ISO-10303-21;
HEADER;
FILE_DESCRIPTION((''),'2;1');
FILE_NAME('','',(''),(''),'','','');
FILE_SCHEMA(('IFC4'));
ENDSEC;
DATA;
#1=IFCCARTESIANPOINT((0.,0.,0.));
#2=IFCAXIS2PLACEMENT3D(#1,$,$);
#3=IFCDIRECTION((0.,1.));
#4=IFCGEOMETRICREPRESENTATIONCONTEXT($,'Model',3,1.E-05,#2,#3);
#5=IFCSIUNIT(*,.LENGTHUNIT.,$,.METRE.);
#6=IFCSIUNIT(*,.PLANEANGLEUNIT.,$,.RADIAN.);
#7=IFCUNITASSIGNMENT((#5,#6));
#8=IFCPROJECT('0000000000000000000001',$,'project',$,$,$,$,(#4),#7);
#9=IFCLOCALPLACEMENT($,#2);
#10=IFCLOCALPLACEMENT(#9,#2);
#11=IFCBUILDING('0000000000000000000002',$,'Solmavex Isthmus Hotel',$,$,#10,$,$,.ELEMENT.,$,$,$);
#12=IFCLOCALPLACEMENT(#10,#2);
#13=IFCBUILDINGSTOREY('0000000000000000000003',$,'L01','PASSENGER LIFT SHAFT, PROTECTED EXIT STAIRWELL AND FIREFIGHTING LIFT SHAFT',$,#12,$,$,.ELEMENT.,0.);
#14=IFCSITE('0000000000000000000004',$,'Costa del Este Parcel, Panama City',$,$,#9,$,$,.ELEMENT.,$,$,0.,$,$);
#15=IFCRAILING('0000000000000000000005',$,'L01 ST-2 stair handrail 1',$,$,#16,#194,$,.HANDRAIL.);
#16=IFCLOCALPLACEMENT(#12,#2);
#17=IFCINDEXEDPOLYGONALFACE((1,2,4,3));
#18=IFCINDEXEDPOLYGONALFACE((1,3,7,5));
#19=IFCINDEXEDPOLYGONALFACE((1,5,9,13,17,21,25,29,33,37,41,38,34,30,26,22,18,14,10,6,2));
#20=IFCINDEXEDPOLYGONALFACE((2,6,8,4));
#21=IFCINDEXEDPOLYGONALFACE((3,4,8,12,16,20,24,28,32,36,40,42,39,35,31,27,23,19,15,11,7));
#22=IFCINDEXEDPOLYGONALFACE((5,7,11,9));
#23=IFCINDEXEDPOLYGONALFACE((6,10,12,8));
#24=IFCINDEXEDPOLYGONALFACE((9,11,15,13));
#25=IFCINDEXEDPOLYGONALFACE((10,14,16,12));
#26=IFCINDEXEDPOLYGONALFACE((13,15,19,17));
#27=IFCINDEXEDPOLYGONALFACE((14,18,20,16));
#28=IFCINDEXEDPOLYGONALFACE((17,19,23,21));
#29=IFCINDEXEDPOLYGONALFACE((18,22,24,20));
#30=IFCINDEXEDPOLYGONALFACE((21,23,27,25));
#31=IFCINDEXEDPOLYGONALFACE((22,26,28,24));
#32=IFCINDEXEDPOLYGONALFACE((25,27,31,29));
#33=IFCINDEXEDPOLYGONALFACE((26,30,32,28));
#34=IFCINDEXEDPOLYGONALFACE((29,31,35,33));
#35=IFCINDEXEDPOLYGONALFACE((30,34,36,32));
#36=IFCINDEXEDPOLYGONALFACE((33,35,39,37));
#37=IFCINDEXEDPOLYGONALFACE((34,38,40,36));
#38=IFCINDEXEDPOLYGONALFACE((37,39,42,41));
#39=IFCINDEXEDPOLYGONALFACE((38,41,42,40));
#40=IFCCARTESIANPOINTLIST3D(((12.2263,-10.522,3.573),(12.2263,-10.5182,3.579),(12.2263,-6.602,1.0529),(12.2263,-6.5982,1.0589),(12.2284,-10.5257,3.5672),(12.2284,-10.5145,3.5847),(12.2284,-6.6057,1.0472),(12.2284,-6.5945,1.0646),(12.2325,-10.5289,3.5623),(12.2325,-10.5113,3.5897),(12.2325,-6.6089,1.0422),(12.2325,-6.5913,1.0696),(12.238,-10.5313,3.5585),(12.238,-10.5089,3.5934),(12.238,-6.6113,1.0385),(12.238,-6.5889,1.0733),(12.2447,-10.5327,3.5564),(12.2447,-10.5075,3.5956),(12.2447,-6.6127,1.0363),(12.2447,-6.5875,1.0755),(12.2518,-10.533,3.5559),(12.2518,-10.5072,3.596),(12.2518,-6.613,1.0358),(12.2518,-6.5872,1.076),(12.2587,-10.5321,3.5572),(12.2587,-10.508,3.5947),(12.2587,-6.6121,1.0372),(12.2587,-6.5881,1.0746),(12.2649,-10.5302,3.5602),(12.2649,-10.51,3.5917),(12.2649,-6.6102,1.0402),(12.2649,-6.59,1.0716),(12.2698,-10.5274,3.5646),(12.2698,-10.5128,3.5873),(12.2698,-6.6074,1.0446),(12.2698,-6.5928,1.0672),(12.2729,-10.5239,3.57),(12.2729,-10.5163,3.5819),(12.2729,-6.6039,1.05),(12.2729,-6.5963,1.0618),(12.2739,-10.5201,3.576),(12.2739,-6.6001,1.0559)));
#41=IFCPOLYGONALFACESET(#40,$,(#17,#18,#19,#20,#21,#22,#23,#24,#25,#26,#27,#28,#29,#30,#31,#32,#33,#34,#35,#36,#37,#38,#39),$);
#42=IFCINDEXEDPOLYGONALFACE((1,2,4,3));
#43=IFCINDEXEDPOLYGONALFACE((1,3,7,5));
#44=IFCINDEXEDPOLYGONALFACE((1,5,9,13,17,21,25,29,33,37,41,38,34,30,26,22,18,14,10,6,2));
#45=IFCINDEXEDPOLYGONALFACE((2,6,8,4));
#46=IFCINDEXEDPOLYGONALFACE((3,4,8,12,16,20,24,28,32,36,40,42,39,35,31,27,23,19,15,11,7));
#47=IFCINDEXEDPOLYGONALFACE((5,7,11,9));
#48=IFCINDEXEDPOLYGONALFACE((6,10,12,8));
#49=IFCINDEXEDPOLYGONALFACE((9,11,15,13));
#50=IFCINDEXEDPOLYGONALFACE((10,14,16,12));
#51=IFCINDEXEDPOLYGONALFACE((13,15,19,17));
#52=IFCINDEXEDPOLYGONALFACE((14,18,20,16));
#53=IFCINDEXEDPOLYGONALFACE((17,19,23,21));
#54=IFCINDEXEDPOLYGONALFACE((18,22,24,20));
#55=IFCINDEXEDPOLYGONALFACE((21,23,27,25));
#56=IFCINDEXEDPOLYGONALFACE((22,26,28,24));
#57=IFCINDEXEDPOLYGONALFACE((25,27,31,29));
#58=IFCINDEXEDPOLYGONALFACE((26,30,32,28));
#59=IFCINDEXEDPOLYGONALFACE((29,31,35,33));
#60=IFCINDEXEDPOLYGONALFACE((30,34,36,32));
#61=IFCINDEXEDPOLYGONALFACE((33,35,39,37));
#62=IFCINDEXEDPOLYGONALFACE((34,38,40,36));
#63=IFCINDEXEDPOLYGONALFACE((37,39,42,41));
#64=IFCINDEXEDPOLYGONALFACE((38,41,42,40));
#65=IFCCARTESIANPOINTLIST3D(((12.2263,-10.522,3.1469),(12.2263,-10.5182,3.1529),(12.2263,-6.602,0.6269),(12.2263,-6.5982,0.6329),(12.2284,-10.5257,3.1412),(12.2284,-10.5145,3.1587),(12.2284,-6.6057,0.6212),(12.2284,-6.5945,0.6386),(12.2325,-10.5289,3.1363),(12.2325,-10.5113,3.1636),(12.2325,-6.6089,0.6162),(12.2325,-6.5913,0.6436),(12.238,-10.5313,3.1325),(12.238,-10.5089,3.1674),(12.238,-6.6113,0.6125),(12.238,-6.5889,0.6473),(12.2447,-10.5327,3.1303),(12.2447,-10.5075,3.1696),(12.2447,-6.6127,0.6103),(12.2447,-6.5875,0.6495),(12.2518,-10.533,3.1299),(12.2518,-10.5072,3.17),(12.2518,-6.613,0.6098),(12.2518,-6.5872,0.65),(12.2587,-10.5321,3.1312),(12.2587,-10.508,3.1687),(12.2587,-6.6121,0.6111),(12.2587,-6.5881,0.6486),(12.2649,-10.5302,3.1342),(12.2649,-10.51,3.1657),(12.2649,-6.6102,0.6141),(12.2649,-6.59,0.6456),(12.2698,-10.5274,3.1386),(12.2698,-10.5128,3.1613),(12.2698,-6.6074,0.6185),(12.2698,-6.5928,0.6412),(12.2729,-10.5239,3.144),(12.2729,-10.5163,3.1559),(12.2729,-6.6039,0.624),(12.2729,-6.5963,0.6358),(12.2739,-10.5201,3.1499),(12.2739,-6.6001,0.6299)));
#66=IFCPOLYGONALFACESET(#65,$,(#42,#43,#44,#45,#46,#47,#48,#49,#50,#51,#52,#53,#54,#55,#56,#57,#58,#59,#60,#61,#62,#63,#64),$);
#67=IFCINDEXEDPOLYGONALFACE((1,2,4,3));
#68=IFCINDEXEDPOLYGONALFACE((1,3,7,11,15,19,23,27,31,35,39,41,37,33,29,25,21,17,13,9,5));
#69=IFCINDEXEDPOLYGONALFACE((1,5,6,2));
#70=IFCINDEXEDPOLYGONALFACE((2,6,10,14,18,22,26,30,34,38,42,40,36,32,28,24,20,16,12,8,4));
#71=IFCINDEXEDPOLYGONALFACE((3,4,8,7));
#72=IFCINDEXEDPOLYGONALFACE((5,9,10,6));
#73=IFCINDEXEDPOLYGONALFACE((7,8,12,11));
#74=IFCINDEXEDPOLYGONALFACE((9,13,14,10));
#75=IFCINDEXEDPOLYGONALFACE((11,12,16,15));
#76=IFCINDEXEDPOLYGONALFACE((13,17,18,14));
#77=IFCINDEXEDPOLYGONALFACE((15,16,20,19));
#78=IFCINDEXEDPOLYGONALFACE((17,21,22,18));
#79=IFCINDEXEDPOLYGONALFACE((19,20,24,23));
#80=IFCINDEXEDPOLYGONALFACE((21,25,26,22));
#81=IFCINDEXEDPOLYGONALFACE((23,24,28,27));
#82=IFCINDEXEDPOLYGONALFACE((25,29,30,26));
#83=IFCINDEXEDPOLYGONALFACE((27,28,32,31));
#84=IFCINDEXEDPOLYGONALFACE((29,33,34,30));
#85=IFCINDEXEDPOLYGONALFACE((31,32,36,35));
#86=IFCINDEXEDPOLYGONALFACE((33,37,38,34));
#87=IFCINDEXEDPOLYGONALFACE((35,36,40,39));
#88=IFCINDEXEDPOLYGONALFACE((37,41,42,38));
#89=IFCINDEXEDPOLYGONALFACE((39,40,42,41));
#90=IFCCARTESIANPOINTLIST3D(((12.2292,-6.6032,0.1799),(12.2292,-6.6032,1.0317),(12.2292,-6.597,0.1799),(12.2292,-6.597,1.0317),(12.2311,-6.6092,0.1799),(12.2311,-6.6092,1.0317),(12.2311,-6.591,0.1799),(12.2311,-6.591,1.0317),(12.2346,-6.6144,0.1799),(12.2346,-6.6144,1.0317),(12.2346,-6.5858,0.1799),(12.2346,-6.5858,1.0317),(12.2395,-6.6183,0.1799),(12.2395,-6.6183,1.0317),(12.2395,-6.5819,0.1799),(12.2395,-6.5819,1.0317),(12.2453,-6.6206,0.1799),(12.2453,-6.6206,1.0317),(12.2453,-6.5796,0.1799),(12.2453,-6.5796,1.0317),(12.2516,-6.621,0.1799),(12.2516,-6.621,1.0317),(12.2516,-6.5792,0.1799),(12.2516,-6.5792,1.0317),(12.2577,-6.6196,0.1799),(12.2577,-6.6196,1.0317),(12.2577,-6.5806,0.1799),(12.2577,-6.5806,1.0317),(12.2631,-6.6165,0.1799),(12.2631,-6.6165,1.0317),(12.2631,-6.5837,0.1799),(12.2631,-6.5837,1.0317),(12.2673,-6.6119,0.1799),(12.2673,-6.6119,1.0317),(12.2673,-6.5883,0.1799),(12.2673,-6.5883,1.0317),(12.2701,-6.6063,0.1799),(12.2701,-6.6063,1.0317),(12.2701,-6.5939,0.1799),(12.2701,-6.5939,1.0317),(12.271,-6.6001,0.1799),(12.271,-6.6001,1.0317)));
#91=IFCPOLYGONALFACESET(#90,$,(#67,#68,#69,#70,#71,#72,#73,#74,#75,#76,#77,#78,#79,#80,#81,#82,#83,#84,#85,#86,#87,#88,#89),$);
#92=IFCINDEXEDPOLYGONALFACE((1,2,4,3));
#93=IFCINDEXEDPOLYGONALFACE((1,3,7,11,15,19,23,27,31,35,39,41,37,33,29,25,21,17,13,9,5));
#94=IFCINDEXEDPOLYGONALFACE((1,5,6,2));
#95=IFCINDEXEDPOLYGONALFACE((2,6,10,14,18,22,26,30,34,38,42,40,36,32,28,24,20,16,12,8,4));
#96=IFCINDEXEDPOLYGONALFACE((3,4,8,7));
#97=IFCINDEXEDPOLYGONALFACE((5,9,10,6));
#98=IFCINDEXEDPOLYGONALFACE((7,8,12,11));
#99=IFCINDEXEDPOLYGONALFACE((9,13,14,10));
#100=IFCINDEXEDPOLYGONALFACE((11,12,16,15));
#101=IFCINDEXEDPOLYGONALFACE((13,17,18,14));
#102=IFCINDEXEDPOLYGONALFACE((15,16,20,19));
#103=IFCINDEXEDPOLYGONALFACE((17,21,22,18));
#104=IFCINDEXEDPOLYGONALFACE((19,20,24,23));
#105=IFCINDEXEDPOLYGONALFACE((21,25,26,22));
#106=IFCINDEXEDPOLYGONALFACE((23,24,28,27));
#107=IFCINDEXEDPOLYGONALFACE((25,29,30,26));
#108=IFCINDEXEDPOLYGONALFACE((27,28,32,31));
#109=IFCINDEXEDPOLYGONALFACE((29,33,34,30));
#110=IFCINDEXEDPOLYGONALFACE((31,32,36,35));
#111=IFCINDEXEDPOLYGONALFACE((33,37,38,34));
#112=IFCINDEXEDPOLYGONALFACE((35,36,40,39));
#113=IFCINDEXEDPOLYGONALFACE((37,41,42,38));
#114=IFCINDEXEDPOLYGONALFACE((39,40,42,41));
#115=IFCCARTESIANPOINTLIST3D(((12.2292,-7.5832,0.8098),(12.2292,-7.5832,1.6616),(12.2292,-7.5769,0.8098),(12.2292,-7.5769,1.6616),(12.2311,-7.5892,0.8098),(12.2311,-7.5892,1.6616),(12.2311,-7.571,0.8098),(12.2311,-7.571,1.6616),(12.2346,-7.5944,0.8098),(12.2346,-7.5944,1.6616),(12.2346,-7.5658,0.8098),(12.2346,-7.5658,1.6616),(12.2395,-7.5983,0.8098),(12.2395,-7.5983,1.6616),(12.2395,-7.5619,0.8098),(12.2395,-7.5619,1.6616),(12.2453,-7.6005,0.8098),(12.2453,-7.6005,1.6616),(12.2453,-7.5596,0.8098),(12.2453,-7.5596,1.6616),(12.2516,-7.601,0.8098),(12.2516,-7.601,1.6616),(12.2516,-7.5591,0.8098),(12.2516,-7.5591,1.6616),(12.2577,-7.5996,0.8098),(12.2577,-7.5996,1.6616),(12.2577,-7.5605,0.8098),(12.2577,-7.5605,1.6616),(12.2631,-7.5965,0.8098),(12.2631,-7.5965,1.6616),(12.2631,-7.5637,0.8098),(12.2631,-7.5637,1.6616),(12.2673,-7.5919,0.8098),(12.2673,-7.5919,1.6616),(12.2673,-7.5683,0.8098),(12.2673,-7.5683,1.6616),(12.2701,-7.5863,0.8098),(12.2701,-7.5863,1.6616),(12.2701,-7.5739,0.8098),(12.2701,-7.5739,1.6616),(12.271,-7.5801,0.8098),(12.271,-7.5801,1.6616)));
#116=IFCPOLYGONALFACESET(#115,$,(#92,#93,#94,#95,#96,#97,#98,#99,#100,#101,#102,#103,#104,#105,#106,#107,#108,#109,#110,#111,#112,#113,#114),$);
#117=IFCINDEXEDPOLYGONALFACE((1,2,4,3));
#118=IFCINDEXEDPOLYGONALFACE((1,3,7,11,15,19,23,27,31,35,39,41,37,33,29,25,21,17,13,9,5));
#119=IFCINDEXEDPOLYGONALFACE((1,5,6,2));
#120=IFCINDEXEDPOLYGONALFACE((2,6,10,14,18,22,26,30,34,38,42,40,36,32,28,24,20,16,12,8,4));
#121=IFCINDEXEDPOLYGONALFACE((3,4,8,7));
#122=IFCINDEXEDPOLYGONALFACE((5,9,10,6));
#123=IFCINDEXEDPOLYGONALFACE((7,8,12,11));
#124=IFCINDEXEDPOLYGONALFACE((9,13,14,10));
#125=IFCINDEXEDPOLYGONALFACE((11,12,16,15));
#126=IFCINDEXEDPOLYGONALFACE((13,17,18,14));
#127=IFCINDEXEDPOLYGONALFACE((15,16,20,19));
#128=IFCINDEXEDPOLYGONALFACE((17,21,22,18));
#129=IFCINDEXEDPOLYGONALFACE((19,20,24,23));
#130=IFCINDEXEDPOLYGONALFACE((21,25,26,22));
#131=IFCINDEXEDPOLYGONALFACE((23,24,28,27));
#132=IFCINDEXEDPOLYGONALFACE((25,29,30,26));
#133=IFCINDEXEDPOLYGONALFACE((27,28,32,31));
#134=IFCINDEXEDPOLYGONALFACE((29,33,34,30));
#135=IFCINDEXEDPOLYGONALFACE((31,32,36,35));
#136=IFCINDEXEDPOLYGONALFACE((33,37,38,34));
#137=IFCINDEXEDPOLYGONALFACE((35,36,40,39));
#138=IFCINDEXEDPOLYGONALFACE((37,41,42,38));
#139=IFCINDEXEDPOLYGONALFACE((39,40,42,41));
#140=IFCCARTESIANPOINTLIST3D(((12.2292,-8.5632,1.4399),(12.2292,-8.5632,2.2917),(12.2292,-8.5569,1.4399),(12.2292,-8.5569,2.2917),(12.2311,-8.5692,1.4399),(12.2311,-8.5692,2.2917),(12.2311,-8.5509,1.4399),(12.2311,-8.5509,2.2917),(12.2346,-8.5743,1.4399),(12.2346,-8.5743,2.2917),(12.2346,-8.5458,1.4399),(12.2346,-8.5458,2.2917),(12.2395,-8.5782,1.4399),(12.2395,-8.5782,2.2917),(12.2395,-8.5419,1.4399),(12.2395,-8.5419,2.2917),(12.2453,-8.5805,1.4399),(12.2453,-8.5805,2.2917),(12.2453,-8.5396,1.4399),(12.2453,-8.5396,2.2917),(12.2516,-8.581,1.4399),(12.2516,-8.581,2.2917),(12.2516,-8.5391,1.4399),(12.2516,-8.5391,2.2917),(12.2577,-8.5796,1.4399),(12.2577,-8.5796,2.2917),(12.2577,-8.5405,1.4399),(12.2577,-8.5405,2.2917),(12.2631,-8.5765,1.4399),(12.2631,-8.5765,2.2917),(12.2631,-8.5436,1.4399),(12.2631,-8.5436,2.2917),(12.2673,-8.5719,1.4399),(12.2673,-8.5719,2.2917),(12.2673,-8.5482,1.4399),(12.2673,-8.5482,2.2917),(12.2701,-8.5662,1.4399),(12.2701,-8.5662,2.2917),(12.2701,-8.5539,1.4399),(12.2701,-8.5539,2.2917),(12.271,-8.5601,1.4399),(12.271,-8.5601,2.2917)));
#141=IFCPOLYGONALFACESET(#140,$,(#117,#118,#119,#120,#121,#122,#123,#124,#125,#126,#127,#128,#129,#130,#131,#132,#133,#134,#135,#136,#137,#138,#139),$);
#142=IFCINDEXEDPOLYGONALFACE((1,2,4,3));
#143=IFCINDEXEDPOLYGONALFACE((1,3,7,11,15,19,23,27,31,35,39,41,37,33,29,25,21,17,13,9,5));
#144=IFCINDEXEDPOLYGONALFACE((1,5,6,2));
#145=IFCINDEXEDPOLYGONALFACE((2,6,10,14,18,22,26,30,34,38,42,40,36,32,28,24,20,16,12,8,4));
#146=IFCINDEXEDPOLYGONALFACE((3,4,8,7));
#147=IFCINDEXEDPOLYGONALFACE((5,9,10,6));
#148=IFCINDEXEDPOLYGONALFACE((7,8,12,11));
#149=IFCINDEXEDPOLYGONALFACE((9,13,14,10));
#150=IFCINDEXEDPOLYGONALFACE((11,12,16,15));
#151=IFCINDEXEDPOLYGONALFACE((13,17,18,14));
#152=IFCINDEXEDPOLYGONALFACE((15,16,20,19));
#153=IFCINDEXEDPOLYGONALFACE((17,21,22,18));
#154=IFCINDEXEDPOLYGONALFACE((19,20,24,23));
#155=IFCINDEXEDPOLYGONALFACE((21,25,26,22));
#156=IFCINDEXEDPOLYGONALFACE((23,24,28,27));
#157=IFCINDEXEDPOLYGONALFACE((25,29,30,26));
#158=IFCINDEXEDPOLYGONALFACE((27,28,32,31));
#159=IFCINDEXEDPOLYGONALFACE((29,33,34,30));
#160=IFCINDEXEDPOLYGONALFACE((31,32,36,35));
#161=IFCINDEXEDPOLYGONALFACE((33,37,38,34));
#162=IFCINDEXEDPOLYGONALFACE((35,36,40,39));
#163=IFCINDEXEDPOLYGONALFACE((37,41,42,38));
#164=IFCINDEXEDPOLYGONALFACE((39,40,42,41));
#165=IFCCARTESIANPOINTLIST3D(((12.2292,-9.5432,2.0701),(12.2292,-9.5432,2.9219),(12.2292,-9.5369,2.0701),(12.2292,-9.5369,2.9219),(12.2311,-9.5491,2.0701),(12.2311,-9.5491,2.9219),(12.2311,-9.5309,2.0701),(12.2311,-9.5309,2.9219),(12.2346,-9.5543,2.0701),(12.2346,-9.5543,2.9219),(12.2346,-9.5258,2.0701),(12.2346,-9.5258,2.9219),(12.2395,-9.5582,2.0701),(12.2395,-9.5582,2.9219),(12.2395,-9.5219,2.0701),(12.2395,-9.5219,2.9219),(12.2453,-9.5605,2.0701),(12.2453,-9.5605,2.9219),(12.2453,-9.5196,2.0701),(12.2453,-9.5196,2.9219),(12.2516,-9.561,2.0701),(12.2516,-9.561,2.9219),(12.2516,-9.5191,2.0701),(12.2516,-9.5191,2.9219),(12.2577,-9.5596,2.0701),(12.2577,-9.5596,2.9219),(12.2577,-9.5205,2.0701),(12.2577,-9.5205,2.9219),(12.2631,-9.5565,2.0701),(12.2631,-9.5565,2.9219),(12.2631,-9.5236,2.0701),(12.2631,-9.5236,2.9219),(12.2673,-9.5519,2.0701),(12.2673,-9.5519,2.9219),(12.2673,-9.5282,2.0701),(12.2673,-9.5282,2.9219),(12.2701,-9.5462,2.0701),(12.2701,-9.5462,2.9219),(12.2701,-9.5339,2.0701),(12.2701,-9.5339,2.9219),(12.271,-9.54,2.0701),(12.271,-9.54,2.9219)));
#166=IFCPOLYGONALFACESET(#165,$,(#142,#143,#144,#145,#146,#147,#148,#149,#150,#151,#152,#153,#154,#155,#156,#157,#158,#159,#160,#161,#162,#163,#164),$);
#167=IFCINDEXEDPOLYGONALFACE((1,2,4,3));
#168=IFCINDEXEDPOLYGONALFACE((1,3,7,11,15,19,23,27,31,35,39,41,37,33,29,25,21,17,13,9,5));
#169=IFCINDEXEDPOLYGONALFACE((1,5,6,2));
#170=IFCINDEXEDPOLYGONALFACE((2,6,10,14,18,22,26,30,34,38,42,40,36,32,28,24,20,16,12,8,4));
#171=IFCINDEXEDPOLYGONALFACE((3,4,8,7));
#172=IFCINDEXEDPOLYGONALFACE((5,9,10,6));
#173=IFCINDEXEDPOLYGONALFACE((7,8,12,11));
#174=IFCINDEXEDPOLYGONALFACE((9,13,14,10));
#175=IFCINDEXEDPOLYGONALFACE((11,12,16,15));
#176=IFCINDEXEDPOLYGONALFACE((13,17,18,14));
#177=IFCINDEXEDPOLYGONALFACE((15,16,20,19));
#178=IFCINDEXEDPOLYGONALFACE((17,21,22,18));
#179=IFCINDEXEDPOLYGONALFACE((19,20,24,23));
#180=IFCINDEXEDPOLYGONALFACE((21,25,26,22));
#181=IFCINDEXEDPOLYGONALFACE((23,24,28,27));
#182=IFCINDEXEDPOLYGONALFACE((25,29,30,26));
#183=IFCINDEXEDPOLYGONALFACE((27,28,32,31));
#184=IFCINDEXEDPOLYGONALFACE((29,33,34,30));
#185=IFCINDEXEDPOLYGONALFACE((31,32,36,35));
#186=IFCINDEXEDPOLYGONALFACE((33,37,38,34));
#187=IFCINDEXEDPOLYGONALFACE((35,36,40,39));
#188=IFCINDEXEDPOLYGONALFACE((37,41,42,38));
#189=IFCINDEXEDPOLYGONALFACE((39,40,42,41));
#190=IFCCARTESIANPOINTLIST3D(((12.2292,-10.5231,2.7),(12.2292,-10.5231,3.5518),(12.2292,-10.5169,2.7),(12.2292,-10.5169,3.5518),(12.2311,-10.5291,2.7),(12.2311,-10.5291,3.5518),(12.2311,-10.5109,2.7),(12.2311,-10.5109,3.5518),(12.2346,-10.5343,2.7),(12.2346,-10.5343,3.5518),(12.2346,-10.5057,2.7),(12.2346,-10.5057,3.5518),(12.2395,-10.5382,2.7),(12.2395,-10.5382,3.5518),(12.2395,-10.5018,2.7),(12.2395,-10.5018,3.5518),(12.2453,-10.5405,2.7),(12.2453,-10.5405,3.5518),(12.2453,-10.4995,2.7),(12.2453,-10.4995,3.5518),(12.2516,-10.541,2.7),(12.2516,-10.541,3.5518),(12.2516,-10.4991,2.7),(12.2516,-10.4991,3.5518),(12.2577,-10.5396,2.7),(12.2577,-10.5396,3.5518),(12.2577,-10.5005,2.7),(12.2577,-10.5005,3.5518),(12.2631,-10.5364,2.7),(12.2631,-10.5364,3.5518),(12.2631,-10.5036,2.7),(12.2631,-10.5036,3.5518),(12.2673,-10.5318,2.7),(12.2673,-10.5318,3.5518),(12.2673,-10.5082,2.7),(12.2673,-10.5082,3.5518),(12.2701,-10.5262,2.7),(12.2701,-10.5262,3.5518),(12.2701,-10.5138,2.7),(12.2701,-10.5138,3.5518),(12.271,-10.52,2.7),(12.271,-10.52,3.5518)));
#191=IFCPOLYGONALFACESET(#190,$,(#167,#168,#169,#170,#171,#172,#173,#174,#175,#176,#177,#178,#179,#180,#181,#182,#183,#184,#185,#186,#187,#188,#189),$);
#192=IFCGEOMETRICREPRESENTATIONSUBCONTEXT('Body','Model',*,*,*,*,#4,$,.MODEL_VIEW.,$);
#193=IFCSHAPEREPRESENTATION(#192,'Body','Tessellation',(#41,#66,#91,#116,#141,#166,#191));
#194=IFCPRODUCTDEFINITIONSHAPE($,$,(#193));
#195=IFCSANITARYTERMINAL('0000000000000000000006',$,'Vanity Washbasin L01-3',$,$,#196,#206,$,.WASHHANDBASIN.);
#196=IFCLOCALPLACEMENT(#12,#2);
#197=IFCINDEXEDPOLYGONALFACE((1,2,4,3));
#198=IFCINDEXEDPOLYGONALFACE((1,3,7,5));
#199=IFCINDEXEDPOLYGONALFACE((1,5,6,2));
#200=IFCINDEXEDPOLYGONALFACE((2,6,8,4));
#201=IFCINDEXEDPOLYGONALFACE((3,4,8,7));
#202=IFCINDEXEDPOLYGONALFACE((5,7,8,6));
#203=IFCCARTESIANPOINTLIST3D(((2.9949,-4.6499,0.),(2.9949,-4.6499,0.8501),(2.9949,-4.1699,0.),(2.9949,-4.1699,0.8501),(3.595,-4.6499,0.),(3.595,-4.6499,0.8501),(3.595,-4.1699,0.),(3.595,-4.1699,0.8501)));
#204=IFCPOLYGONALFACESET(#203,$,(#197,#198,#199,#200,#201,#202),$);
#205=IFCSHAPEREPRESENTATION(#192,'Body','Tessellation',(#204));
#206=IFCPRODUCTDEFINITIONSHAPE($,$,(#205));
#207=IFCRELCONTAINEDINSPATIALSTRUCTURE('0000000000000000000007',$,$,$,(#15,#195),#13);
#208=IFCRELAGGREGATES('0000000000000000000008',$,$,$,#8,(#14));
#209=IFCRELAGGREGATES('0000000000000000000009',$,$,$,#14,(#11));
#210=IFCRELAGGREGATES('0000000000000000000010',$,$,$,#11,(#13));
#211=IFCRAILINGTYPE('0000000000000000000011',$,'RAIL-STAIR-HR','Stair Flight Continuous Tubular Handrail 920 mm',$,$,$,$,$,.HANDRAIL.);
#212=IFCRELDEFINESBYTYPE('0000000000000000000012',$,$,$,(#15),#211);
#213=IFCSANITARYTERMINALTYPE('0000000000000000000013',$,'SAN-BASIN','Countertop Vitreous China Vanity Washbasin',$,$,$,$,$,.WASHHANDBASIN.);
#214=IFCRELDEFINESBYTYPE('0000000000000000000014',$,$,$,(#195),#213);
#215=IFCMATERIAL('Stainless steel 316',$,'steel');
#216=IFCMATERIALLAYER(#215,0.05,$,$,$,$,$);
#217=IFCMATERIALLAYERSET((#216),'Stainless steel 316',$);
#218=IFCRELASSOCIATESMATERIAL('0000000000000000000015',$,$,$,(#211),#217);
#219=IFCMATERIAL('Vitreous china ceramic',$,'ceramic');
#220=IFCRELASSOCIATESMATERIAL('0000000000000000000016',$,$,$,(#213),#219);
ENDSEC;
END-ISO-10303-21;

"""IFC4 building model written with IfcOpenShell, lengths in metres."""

from ifc_helpers import new_model, si_unit, direction, frame, origin, origin_2d, place, context, subcontext, project, spatial, rectangle, circle, extrude, material, layer, layer_set, type_object, element, save


model = new_model("IFC4")

# Units and contexts
model_context = context("Model", 3, precision=1e-05, world=origin(), true_north=direction((0.0, 1.0)))
body_context = subcontext(model_context, "Body", "Model", "MODEL_VIEW")
ifc_project = project(units=[si_unit("LENGTHUNIT", "METRE"), si_unit("PLANEANGLEUNIT", "RADIAN")], contexts=[model_context])

# Site, building, storey
site_placement = place(None, origin())
site = spatial("IfcSite", under=ifc_project, at=site_placement, Name="Costa del Este Parcel, Panama City", CompositionType="ELEMENT", RefElevation=0.0)
building_placement = place(site_placement, origin())
building = spatial("IfcBuilding", under=site, at=building_placement, Name="Solmavex Isthmus Hotel", CompositionType="ELEMENT")
storey_placement = place(building_placement, origin())
storey = spatial("IfcBuildingStorey", under=building, at=storey_placement, Name="L01", Description="PASSENGER LIFT SHAFT, PROTECTED EXIT STAIRWELL AND FIREFIGHTING LIFT SHAFT", CompositionType="ELEMENT", Elevation=0.0)

# Shared definitions
ifc_material_1 = material(Name="Stainless steel 316", Category="steel")

# Railing
ifc_layer_1 = layer(ifc_material_1, 0.05)
ifc_layer_set_1 = layer_set([ifc_layer_1], Name="Stainless steel 316")
railing_type = type_object("IfcRailingType", Name="RAIL-STAIR-HR", Description="Stair Flight Continuous Tubular Handrail 920 mm", PredefinedType="HANDRAIL", material=ifc_layer_set_1)
railing_placement = place(storey_placement, frame((12.25, -6.6001, 0.1799)))
element("IfcRailing", 1, at=railing_placement, inside=storey, type_object=railing_type, Name="L01 ST-2 stair handrail 1", PredefinedType="HANDRAIL", context=body_context, shape_type="SweptSolid", body=[
    extrude(circle(Radius=0.0239, at=origin_2d()), frame((0.0, 0.0, 0.876), z_axis=(0.0, -0.841172, 0.540768), x_axis=(1.0, 0.0, 0.0)), (0.0, 0.0, 1.0), 4.6602),
    extrude(circle(Radius=0.0239, at=origin_2d()), frame((0.0, 0.0, 0.45), z_axis=(0.0, -0.841172, 0.540768), x_axis=(1.0, 0.0, 0.0)), (0.0, 0.0, 1.0), 4.6602),
    extrude(circle(Radius=0.021, at=origin_2d()), origin(), (0.0, 0.0, 1.0), 0.8518),
    extrude(circle(Radius=0.021, at=origin_2d()), frame((0.0, -0.98, 0.6299)), (0.0, 0.0, 1.0), 0.8518),
    extrude(circle(Radius=0.021, at=origin_2d()), frame((0.0, -1.96, 1.26)), (0.0, 0.0, 1.0), 0.8518),
    extrude(circle(Radius=0.021, at=origin_2d()), frame((0.0, -2.9399, 1.8901)), (0.0, 0.0, 1.0), 0.8518),
    extrude(circle(Radius=0.021, at=origin_2d()), frame((0.0, -3.9199, 2.52)), (0.0, 0.0, 1.0), 0.8518),
])

# Sanitary terminal
ifc_material_2 = material(Name="Vitreous china ceramic", Category="ceramic")
sanitary_terminal_type_1 = type_object("IfcSanitaryTerminalType", Name="SAN-BASIN", Description="Countertop Vitreous China Vanity Washbasin", PredefinedType="WASHHANDBASIN", material=ifc_material_2)
sanitary_terminal_1_placement = place(storey_placement, frame((3.2949, -4.4099, 0.0), z_axis=(0.0, 0.0, 1.0), x_axis=(1.0, 0.0, 0.0)))
element("IfcSanitaryTerminal", 2, at=sanitary_terminal_1_placement, inside=storey, type_object=sanitary_terminal_type_1, Name="Vanity Washbasin L01-3", PredefinedType="WASHHANDBASIN", context=body_context, shape_type="SweptSolid", body=[
    extrude(rectangle(XDim=0.6001, YDim=0.48, at=origin_2d()), origin(), (0.0, 0.0, 1.0), 0.8501),
])

save(model, "model.ifc")
